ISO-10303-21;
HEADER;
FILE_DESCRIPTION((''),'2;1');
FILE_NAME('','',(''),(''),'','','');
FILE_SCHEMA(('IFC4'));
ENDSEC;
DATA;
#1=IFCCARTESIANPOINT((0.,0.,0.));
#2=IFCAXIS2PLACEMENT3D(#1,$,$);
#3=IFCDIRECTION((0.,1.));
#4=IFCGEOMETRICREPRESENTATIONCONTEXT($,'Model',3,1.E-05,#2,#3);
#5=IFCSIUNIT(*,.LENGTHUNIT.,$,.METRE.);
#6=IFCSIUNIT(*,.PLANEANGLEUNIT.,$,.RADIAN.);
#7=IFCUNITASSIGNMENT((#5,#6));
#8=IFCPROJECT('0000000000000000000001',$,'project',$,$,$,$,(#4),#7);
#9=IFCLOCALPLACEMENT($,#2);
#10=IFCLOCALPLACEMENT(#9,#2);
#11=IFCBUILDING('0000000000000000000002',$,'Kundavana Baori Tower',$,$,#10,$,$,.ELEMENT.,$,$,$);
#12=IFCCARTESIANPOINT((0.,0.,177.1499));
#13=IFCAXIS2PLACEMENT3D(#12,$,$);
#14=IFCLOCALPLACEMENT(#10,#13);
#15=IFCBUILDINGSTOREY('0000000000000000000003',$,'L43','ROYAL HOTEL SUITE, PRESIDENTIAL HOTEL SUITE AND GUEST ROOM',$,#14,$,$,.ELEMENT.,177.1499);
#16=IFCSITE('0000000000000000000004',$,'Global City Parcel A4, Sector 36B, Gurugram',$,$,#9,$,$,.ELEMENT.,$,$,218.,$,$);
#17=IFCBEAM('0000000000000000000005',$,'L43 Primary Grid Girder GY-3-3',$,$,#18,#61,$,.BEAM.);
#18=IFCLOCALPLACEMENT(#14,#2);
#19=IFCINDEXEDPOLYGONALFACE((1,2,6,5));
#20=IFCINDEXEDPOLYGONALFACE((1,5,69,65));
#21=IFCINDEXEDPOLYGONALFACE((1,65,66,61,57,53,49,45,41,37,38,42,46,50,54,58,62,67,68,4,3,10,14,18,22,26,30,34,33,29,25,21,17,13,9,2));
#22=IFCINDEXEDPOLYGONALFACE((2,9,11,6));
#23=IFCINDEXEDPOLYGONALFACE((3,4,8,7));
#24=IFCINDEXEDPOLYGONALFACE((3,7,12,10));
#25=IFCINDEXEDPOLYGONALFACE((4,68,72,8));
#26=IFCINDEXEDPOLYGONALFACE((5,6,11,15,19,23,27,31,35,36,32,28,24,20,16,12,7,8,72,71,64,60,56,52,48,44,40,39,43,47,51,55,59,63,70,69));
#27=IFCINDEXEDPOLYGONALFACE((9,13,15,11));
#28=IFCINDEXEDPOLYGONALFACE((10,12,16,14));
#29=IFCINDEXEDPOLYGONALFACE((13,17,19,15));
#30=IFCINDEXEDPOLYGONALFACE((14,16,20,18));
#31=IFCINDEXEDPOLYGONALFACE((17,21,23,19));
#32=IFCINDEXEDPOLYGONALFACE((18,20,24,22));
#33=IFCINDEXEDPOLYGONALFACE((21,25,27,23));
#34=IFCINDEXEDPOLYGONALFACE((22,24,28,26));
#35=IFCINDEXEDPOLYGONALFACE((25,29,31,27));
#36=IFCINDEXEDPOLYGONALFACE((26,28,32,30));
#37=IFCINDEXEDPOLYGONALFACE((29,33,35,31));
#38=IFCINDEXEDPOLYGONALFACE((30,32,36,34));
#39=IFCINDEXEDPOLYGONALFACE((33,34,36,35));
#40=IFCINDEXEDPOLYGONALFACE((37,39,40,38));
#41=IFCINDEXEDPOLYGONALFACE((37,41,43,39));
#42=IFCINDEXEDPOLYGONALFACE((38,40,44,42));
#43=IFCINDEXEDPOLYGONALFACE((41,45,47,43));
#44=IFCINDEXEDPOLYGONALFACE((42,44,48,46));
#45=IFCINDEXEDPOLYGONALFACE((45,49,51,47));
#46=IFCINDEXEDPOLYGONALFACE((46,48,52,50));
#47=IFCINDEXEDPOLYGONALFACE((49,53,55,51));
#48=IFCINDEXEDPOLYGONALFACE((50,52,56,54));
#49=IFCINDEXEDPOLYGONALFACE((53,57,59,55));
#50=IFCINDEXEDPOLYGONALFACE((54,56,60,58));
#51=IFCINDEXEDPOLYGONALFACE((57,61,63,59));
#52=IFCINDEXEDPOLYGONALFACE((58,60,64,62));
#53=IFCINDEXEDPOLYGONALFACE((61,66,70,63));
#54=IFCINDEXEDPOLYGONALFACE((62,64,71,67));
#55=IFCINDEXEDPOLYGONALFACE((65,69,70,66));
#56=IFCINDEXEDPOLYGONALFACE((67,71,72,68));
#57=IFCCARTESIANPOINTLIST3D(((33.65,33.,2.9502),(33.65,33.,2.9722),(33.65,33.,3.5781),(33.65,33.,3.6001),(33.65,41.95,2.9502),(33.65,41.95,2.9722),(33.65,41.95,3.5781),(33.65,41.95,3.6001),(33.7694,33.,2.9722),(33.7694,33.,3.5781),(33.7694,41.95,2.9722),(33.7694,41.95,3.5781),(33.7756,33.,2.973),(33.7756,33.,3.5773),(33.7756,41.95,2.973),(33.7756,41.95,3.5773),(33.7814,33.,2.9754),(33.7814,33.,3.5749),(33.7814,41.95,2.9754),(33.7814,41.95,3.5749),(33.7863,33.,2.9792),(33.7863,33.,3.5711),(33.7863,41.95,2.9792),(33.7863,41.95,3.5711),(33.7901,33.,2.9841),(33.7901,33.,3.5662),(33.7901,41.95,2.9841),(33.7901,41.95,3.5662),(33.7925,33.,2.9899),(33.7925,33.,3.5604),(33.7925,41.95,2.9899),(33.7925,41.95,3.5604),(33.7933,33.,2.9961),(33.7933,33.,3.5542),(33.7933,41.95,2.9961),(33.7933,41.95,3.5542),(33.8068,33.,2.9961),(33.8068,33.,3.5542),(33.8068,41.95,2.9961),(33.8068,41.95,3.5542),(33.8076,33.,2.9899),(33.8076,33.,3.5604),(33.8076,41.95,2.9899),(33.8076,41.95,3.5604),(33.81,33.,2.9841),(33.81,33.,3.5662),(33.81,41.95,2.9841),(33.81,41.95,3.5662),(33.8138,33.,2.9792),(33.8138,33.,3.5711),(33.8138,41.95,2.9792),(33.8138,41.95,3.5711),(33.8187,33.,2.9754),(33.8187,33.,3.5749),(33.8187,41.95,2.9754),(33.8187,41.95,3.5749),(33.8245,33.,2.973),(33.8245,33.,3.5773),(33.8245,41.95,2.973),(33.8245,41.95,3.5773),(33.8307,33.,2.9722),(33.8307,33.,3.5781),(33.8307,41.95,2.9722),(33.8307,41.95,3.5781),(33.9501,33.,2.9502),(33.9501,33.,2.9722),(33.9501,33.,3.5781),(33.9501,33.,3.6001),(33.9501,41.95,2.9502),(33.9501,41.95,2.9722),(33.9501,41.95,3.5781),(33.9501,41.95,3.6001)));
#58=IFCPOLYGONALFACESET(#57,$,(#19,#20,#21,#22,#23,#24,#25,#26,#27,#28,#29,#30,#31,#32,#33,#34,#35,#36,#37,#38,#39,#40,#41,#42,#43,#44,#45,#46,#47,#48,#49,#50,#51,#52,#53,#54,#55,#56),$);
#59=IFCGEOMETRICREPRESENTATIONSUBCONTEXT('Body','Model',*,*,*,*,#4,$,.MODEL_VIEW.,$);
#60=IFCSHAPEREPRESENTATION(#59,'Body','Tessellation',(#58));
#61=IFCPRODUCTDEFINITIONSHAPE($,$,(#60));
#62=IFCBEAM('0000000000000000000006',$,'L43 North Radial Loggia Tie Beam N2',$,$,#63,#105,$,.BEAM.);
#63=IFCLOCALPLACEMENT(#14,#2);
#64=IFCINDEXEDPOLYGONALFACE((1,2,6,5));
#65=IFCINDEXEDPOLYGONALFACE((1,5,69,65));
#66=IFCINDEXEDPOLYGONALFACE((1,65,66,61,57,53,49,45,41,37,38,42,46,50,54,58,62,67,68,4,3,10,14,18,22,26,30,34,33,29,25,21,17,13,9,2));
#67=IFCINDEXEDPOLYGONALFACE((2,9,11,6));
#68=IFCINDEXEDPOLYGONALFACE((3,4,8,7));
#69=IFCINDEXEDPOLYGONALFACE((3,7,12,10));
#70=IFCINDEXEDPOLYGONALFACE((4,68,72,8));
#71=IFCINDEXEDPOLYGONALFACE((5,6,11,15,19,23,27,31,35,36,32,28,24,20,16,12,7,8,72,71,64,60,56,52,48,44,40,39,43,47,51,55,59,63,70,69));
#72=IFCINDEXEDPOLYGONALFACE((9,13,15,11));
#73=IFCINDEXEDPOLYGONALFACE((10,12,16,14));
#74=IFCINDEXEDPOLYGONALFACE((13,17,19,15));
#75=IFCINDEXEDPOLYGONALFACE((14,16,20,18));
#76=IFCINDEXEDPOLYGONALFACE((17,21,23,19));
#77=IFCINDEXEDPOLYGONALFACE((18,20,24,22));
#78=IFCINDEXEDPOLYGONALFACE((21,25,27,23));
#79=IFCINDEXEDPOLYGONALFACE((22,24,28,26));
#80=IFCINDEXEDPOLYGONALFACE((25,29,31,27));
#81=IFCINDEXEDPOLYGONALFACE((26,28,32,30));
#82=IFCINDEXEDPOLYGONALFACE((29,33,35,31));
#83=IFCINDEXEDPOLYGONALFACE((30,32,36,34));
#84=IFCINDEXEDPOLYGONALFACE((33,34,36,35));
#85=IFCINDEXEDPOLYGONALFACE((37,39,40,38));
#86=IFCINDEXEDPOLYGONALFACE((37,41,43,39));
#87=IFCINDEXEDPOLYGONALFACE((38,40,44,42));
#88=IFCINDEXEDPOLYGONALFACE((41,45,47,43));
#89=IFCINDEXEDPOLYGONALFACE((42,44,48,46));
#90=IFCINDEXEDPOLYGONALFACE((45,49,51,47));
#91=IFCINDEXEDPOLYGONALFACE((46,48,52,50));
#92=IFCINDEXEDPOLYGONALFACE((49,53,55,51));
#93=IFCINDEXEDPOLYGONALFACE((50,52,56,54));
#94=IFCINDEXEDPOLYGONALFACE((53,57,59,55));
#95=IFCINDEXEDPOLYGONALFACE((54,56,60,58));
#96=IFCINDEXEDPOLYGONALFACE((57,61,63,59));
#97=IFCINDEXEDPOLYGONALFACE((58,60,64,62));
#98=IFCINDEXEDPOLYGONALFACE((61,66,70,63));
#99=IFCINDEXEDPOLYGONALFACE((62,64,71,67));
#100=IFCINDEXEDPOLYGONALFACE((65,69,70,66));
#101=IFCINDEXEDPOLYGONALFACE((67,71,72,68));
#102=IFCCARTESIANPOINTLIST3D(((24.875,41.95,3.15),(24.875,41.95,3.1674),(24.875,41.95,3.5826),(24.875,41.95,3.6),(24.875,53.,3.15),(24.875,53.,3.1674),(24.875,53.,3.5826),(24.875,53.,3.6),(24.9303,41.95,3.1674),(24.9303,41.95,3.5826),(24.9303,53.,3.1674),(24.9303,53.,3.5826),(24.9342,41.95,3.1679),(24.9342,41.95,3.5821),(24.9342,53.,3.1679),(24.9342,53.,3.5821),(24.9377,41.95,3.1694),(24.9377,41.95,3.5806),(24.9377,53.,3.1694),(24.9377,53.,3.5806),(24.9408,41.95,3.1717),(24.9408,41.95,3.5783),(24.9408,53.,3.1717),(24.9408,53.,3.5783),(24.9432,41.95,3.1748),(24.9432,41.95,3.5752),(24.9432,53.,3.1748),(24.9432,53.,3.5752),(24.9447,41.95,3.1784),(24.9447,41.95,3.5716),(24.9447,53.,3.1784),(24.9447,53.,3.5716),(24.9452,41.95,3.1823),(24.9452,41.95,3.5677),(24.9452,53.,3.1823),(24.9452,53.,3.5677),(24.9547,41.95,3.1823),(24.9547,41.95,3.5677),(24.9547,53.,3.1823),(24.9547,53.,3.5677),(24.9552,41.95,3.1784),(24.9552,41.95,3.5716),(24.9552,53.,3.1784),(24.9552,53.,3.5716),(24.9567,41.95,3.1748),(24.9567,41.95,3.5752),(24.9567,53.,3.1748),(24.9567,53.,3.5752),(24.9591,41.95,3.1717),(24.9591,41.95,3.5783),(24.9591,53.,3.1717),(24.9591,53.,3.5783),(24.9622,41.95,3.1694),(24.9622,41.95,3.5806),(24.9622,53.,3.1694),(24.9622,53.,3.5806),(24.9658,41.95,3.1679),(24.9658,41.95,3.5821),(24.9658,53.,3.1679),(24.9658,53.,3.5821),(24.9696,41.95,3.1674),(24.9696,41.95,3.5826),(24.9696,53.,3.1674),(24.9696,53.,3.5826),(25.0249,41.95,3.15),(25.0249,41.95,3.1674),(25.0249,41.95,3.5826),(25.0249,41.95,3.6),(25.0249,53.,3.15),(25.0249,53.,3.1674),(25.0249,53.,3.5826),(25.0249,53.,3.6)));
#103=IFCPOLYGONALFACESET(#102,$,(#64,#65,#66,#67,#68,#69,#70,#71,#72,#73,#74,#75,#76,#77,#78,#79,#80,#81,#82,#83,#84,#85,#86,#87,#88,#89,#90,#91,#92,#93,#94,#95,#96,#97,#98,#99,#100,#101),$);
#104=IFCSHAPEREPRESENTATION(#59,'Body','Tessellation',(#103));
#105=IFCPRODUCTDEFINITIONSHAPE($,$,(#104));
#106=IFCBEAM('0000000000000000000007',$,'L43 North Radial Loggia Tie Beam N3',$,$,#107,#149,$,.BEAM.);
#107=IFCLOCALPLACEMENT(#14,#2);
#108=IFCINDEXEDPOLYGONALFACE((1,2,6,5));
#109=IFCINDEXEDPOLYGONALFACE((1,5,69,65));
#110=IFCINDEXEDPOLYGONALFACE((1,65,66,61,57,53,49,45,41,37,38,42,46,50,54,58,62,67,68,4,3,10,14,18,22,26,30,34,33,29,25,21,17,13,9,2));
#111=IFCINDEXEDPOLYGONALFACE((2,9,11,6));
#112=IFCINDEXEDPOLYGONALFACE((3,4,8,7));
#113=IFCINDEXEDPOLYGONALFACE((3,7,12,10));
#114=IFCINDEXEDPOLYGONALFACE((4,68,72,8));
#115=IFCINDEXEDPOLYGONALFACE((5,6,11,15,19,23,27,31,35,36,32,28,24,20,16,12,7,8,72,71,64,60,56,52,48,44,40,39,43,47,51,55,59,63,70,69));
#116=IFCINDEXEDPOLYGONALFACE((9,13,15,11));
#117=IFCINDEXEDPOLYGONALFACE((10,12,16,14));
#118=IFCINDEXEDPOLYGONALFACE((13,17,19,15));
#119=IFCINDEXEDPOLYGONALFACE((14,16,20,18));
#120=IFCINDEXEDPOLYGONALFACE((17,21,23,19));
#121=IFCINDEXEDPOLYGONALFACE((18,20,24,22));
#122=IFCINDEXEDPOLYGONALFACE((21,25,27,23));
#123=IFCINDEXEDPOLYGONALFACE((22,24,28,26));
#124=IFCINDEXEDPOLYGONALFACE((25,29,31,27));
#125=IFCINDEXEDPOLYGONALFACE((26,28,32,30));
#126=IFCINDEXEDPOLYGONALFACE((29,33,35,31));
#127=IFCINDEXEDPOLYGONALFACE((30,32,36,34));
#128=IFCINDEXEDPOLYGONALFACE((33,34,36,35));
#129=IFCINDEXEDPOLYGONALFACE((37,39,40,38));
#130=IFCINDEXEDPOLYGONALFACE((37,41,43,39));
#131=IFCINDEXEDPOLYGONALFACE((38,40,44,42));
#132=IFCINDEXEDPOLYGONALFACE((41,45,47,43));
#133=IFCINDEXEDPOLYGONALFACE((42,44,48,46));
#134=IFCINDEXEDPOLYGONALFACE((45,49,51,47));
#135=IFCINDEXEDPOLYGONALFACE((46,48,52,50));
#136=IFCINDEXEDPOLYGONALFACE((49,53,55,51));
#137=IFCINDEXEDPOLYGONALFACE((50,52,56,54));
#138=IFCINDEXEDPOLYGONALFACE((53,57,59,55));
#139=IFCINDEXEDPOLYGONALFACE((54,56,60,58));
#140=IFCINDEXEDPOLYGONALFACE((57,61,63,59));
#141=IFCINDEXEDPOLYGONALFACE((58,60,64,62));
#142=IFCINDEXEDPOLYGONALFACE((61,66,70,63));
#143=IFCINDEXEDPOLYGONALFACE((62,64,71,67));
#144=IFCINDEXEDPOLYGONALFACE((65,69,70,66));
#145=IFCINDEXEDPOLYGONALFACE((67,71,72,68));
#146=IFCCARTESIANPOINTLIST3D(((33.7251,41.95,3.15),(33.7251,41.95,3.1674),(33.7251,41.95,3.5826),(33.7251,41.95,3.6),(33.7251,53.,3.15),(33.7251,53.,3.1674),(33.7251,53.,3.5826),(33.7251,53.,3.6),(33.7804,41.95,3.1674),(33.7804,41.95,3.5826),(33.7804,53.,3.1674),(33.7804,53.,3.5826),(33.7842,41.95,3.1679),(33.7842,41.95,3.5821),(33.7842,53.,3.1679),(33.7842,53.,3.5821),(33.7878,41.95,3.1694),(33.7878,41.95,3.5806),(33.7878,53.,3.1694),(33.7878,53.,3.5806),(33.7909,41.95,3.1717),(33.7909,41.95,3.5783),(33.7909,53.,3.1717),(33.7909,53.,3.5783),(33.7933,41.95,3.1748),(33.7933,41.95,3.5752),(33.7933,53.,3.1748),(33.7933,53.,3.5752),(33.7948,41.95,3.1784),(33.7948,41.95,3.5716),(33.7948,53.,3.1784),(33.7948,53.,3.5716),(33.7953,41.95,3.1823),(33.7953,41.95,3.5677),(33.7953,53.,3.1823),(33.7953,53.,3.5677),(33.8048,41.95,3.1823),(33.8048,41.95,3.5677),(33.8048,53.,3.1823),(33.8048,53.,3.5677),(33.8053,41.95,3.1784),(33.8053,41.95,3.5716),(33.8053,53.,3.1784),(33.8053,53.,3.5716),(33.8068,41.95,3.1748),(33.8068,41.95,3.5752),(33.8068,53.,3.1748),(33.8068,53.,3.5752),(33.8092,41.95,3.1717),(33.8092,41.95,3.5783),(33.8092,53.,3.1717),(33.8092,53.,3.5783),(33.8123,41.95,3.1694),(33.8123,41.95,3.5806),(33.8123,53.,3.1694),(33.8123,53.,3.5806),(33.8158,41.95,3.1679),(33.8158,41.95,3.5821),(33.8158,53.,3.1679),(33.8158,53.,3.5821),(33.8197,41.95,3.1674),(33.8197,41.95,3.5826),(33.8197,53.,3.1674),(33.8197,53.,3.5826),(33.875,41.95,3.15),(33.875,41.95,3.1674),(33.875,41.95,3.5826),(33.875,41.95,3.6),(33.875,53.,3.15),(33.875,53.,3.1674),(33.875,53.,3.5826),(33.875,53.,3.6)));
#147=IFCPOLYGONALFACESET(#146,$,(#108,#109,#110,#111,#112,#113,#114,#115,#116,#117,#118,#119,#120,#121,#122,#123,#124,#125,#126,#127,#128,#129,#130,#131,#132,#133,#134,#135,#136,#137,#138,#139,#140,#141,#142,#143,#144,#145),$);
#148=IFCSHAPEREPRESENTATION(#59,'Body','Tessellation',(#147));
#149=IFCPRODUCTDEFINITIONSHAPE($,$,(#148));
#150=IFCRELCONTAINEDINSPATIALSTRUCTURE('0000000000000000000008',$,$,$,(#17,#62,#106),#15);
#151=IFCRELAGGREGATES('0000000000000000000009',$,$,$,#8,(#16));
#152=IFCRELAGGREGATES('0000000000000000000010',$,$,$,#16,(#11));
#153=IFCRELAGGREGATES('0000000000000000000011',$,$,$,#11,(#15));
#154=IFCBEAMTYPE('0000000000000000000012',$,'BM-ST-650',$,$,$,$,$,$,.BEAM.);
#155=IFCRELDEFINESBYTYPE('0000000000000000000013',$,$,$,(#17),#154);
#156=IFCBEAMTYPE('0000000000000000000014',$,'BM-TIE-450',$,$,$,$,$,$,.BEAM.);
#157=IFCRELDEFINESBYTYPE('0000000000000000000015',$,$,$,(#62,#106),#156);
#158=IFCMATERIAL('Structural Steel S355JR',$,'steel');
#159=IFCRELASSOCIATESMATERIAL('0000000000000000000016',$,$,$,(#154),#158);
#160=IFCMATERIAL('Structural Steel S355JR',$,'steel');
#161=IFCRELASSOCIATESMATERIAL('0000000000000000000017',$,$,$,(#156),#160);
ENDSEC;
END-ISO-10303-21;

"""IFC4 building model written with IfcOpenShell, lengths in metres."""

from ifc_helpers import new_model, si_unit, direction, frame, origin, origin_2d, place, context, subcontext, project, spatial, i_section, extrude, material, material_profile, profile_set, type_object, element, save


model = new_model("IFC4")

# Units and contexts
model_context = context("Model", 3, precision=1e-05, world=origin(), true_north=direction((0.0, 1.0)))
body_context = subcontext(model_context, "Body", "Model", "MODEL_VIEW")
ifc_project = project(units=[si_unit("LENGTHUNIT", "METRE"), si_unit("PLANEANGLEUNIT", "RADIAN")], contexts=[model_context])

# Site, building, storey
site_placement = place(None, origin())
site = spatial("IfcSite", under=ifc_project, at=site_placement, Name="Global City Parcel A4, Sector 36B, Gurugram", CompositionType="ELEMENT", RefElevation=218.0)
building_placement = place(site_placement, origin())
building = spatial("IfcBuilding", under=site, at=building_placement, Name="Kundavana Baori Tower", CompositionType="ELEMENT")
storey_placement = place(building_placement, frame((0.0, 0.0, 177.1499)))
storey = spatial("IfcBuildingStorey", under=building, at=storey_placement, Name="L43", Description="ROYAL HOTEL SUITE, PRESIDENTIAL HOTEL SUITE AND GUEST ROOM", CompositionType="ELEMENT", Elevation=177.1499)

# Beams
ifc_material_1 = material(Name="Structural Steel S355JR", Category="steel")
ifc_material_profile_1 = material_profile(ifc_material_1, i_section(OverallWidth=0.3, OverallDepth=0.6499, WebThickness=0.0134, FlangeThickness=0.022, FilletRadius=0.0239, at=origin_2d()), Name="NPB 650x300x155")
ifc_profile_set_1 = profile_set([ifc_material_profile_1], Name="Structural Steel S355JR")
beam_type_1 = type_object("IfcBeamType", Name="BM-ST-650", PredefinedType="BEAM", material=ifc_profile_set_1)
beam_1_placement = place(storey_placement, frame((33.8, 33.0, 3.2751), z_axis=(0.0, 1.0, 0.0), x_axis=(-1.0, 0.0, 0.0)))
element("IfcBeam", 1, at=beam_1_placement, inside=storey, type_object=beam_type_1, Name="L43 Primary Grid Girder GY-3-3", PredefinedType="BEAM", context=body_context, shape_type="SweptSolid", body=[
    extrude(i_section(OverallWidth=0.3, OverallDepth=0.6499, WebThickness=0.0134, FlangeThickness=0.022, FilletRadius=0.0239, at=origin_2d()), origin(), (0.0, 0.0, 1.0), 8.95),
])
ifc_material_2 = material(Name="Structural Steel S355JR", Category="steel")
ifc_material_profile_2 = material_profile(ifc_material_2, i_section(OverallWidth=0.1499, OverallDepth=0.45, WebThickness=0.0095, FlangeThickness=0.0173, FilletRadius=0.0149, at=origin_2d()), Name="ISMB 450")
ifc_profile_set_2 = profile_set([ifc_material_profile_2], Name="Structural Steel S355JR")
beam_type_2 = type_object("IfcBeamType", Name="BM-TIE-450", PredefinedType="BEAM", material=ifc_profile_set_2)
for number, where, z_axis, x_axis, name in (
    (2, (24.95, 41.95, 3.375), (0.0, 1.0, 0.0), (-1.0, 0.0, 0.0), "L43 North Radial Loggia Tie Beam N2"),
    (3, (33.8, 41.95, 3.375), (0.0, 1.0, 0.0), (-1.0, 0.0, 0.0), "L43 North Radial Loggia Tie Beam N3"),
):
    element("IfcBeam", number, at=place(storey_placement, frame(where, z_axis=z_axis, x_axis=x_axis)), inside=storey, type_object=beam_type_2, Name=name, PredefinedType="BEAM", context=body_context, shape_type="SweptSolid", body=[
        extrude(i_section(OverallWidth=0.1499, OverallDepth=0.45, WebThickness=0.0095, FlangeThickness=0.0173, FilletRadius=0.0149, at=origin_2d()), origin(), (0.0, 0.0, 1.0), 11.05),
    ])

save(model, "model.ifc")
